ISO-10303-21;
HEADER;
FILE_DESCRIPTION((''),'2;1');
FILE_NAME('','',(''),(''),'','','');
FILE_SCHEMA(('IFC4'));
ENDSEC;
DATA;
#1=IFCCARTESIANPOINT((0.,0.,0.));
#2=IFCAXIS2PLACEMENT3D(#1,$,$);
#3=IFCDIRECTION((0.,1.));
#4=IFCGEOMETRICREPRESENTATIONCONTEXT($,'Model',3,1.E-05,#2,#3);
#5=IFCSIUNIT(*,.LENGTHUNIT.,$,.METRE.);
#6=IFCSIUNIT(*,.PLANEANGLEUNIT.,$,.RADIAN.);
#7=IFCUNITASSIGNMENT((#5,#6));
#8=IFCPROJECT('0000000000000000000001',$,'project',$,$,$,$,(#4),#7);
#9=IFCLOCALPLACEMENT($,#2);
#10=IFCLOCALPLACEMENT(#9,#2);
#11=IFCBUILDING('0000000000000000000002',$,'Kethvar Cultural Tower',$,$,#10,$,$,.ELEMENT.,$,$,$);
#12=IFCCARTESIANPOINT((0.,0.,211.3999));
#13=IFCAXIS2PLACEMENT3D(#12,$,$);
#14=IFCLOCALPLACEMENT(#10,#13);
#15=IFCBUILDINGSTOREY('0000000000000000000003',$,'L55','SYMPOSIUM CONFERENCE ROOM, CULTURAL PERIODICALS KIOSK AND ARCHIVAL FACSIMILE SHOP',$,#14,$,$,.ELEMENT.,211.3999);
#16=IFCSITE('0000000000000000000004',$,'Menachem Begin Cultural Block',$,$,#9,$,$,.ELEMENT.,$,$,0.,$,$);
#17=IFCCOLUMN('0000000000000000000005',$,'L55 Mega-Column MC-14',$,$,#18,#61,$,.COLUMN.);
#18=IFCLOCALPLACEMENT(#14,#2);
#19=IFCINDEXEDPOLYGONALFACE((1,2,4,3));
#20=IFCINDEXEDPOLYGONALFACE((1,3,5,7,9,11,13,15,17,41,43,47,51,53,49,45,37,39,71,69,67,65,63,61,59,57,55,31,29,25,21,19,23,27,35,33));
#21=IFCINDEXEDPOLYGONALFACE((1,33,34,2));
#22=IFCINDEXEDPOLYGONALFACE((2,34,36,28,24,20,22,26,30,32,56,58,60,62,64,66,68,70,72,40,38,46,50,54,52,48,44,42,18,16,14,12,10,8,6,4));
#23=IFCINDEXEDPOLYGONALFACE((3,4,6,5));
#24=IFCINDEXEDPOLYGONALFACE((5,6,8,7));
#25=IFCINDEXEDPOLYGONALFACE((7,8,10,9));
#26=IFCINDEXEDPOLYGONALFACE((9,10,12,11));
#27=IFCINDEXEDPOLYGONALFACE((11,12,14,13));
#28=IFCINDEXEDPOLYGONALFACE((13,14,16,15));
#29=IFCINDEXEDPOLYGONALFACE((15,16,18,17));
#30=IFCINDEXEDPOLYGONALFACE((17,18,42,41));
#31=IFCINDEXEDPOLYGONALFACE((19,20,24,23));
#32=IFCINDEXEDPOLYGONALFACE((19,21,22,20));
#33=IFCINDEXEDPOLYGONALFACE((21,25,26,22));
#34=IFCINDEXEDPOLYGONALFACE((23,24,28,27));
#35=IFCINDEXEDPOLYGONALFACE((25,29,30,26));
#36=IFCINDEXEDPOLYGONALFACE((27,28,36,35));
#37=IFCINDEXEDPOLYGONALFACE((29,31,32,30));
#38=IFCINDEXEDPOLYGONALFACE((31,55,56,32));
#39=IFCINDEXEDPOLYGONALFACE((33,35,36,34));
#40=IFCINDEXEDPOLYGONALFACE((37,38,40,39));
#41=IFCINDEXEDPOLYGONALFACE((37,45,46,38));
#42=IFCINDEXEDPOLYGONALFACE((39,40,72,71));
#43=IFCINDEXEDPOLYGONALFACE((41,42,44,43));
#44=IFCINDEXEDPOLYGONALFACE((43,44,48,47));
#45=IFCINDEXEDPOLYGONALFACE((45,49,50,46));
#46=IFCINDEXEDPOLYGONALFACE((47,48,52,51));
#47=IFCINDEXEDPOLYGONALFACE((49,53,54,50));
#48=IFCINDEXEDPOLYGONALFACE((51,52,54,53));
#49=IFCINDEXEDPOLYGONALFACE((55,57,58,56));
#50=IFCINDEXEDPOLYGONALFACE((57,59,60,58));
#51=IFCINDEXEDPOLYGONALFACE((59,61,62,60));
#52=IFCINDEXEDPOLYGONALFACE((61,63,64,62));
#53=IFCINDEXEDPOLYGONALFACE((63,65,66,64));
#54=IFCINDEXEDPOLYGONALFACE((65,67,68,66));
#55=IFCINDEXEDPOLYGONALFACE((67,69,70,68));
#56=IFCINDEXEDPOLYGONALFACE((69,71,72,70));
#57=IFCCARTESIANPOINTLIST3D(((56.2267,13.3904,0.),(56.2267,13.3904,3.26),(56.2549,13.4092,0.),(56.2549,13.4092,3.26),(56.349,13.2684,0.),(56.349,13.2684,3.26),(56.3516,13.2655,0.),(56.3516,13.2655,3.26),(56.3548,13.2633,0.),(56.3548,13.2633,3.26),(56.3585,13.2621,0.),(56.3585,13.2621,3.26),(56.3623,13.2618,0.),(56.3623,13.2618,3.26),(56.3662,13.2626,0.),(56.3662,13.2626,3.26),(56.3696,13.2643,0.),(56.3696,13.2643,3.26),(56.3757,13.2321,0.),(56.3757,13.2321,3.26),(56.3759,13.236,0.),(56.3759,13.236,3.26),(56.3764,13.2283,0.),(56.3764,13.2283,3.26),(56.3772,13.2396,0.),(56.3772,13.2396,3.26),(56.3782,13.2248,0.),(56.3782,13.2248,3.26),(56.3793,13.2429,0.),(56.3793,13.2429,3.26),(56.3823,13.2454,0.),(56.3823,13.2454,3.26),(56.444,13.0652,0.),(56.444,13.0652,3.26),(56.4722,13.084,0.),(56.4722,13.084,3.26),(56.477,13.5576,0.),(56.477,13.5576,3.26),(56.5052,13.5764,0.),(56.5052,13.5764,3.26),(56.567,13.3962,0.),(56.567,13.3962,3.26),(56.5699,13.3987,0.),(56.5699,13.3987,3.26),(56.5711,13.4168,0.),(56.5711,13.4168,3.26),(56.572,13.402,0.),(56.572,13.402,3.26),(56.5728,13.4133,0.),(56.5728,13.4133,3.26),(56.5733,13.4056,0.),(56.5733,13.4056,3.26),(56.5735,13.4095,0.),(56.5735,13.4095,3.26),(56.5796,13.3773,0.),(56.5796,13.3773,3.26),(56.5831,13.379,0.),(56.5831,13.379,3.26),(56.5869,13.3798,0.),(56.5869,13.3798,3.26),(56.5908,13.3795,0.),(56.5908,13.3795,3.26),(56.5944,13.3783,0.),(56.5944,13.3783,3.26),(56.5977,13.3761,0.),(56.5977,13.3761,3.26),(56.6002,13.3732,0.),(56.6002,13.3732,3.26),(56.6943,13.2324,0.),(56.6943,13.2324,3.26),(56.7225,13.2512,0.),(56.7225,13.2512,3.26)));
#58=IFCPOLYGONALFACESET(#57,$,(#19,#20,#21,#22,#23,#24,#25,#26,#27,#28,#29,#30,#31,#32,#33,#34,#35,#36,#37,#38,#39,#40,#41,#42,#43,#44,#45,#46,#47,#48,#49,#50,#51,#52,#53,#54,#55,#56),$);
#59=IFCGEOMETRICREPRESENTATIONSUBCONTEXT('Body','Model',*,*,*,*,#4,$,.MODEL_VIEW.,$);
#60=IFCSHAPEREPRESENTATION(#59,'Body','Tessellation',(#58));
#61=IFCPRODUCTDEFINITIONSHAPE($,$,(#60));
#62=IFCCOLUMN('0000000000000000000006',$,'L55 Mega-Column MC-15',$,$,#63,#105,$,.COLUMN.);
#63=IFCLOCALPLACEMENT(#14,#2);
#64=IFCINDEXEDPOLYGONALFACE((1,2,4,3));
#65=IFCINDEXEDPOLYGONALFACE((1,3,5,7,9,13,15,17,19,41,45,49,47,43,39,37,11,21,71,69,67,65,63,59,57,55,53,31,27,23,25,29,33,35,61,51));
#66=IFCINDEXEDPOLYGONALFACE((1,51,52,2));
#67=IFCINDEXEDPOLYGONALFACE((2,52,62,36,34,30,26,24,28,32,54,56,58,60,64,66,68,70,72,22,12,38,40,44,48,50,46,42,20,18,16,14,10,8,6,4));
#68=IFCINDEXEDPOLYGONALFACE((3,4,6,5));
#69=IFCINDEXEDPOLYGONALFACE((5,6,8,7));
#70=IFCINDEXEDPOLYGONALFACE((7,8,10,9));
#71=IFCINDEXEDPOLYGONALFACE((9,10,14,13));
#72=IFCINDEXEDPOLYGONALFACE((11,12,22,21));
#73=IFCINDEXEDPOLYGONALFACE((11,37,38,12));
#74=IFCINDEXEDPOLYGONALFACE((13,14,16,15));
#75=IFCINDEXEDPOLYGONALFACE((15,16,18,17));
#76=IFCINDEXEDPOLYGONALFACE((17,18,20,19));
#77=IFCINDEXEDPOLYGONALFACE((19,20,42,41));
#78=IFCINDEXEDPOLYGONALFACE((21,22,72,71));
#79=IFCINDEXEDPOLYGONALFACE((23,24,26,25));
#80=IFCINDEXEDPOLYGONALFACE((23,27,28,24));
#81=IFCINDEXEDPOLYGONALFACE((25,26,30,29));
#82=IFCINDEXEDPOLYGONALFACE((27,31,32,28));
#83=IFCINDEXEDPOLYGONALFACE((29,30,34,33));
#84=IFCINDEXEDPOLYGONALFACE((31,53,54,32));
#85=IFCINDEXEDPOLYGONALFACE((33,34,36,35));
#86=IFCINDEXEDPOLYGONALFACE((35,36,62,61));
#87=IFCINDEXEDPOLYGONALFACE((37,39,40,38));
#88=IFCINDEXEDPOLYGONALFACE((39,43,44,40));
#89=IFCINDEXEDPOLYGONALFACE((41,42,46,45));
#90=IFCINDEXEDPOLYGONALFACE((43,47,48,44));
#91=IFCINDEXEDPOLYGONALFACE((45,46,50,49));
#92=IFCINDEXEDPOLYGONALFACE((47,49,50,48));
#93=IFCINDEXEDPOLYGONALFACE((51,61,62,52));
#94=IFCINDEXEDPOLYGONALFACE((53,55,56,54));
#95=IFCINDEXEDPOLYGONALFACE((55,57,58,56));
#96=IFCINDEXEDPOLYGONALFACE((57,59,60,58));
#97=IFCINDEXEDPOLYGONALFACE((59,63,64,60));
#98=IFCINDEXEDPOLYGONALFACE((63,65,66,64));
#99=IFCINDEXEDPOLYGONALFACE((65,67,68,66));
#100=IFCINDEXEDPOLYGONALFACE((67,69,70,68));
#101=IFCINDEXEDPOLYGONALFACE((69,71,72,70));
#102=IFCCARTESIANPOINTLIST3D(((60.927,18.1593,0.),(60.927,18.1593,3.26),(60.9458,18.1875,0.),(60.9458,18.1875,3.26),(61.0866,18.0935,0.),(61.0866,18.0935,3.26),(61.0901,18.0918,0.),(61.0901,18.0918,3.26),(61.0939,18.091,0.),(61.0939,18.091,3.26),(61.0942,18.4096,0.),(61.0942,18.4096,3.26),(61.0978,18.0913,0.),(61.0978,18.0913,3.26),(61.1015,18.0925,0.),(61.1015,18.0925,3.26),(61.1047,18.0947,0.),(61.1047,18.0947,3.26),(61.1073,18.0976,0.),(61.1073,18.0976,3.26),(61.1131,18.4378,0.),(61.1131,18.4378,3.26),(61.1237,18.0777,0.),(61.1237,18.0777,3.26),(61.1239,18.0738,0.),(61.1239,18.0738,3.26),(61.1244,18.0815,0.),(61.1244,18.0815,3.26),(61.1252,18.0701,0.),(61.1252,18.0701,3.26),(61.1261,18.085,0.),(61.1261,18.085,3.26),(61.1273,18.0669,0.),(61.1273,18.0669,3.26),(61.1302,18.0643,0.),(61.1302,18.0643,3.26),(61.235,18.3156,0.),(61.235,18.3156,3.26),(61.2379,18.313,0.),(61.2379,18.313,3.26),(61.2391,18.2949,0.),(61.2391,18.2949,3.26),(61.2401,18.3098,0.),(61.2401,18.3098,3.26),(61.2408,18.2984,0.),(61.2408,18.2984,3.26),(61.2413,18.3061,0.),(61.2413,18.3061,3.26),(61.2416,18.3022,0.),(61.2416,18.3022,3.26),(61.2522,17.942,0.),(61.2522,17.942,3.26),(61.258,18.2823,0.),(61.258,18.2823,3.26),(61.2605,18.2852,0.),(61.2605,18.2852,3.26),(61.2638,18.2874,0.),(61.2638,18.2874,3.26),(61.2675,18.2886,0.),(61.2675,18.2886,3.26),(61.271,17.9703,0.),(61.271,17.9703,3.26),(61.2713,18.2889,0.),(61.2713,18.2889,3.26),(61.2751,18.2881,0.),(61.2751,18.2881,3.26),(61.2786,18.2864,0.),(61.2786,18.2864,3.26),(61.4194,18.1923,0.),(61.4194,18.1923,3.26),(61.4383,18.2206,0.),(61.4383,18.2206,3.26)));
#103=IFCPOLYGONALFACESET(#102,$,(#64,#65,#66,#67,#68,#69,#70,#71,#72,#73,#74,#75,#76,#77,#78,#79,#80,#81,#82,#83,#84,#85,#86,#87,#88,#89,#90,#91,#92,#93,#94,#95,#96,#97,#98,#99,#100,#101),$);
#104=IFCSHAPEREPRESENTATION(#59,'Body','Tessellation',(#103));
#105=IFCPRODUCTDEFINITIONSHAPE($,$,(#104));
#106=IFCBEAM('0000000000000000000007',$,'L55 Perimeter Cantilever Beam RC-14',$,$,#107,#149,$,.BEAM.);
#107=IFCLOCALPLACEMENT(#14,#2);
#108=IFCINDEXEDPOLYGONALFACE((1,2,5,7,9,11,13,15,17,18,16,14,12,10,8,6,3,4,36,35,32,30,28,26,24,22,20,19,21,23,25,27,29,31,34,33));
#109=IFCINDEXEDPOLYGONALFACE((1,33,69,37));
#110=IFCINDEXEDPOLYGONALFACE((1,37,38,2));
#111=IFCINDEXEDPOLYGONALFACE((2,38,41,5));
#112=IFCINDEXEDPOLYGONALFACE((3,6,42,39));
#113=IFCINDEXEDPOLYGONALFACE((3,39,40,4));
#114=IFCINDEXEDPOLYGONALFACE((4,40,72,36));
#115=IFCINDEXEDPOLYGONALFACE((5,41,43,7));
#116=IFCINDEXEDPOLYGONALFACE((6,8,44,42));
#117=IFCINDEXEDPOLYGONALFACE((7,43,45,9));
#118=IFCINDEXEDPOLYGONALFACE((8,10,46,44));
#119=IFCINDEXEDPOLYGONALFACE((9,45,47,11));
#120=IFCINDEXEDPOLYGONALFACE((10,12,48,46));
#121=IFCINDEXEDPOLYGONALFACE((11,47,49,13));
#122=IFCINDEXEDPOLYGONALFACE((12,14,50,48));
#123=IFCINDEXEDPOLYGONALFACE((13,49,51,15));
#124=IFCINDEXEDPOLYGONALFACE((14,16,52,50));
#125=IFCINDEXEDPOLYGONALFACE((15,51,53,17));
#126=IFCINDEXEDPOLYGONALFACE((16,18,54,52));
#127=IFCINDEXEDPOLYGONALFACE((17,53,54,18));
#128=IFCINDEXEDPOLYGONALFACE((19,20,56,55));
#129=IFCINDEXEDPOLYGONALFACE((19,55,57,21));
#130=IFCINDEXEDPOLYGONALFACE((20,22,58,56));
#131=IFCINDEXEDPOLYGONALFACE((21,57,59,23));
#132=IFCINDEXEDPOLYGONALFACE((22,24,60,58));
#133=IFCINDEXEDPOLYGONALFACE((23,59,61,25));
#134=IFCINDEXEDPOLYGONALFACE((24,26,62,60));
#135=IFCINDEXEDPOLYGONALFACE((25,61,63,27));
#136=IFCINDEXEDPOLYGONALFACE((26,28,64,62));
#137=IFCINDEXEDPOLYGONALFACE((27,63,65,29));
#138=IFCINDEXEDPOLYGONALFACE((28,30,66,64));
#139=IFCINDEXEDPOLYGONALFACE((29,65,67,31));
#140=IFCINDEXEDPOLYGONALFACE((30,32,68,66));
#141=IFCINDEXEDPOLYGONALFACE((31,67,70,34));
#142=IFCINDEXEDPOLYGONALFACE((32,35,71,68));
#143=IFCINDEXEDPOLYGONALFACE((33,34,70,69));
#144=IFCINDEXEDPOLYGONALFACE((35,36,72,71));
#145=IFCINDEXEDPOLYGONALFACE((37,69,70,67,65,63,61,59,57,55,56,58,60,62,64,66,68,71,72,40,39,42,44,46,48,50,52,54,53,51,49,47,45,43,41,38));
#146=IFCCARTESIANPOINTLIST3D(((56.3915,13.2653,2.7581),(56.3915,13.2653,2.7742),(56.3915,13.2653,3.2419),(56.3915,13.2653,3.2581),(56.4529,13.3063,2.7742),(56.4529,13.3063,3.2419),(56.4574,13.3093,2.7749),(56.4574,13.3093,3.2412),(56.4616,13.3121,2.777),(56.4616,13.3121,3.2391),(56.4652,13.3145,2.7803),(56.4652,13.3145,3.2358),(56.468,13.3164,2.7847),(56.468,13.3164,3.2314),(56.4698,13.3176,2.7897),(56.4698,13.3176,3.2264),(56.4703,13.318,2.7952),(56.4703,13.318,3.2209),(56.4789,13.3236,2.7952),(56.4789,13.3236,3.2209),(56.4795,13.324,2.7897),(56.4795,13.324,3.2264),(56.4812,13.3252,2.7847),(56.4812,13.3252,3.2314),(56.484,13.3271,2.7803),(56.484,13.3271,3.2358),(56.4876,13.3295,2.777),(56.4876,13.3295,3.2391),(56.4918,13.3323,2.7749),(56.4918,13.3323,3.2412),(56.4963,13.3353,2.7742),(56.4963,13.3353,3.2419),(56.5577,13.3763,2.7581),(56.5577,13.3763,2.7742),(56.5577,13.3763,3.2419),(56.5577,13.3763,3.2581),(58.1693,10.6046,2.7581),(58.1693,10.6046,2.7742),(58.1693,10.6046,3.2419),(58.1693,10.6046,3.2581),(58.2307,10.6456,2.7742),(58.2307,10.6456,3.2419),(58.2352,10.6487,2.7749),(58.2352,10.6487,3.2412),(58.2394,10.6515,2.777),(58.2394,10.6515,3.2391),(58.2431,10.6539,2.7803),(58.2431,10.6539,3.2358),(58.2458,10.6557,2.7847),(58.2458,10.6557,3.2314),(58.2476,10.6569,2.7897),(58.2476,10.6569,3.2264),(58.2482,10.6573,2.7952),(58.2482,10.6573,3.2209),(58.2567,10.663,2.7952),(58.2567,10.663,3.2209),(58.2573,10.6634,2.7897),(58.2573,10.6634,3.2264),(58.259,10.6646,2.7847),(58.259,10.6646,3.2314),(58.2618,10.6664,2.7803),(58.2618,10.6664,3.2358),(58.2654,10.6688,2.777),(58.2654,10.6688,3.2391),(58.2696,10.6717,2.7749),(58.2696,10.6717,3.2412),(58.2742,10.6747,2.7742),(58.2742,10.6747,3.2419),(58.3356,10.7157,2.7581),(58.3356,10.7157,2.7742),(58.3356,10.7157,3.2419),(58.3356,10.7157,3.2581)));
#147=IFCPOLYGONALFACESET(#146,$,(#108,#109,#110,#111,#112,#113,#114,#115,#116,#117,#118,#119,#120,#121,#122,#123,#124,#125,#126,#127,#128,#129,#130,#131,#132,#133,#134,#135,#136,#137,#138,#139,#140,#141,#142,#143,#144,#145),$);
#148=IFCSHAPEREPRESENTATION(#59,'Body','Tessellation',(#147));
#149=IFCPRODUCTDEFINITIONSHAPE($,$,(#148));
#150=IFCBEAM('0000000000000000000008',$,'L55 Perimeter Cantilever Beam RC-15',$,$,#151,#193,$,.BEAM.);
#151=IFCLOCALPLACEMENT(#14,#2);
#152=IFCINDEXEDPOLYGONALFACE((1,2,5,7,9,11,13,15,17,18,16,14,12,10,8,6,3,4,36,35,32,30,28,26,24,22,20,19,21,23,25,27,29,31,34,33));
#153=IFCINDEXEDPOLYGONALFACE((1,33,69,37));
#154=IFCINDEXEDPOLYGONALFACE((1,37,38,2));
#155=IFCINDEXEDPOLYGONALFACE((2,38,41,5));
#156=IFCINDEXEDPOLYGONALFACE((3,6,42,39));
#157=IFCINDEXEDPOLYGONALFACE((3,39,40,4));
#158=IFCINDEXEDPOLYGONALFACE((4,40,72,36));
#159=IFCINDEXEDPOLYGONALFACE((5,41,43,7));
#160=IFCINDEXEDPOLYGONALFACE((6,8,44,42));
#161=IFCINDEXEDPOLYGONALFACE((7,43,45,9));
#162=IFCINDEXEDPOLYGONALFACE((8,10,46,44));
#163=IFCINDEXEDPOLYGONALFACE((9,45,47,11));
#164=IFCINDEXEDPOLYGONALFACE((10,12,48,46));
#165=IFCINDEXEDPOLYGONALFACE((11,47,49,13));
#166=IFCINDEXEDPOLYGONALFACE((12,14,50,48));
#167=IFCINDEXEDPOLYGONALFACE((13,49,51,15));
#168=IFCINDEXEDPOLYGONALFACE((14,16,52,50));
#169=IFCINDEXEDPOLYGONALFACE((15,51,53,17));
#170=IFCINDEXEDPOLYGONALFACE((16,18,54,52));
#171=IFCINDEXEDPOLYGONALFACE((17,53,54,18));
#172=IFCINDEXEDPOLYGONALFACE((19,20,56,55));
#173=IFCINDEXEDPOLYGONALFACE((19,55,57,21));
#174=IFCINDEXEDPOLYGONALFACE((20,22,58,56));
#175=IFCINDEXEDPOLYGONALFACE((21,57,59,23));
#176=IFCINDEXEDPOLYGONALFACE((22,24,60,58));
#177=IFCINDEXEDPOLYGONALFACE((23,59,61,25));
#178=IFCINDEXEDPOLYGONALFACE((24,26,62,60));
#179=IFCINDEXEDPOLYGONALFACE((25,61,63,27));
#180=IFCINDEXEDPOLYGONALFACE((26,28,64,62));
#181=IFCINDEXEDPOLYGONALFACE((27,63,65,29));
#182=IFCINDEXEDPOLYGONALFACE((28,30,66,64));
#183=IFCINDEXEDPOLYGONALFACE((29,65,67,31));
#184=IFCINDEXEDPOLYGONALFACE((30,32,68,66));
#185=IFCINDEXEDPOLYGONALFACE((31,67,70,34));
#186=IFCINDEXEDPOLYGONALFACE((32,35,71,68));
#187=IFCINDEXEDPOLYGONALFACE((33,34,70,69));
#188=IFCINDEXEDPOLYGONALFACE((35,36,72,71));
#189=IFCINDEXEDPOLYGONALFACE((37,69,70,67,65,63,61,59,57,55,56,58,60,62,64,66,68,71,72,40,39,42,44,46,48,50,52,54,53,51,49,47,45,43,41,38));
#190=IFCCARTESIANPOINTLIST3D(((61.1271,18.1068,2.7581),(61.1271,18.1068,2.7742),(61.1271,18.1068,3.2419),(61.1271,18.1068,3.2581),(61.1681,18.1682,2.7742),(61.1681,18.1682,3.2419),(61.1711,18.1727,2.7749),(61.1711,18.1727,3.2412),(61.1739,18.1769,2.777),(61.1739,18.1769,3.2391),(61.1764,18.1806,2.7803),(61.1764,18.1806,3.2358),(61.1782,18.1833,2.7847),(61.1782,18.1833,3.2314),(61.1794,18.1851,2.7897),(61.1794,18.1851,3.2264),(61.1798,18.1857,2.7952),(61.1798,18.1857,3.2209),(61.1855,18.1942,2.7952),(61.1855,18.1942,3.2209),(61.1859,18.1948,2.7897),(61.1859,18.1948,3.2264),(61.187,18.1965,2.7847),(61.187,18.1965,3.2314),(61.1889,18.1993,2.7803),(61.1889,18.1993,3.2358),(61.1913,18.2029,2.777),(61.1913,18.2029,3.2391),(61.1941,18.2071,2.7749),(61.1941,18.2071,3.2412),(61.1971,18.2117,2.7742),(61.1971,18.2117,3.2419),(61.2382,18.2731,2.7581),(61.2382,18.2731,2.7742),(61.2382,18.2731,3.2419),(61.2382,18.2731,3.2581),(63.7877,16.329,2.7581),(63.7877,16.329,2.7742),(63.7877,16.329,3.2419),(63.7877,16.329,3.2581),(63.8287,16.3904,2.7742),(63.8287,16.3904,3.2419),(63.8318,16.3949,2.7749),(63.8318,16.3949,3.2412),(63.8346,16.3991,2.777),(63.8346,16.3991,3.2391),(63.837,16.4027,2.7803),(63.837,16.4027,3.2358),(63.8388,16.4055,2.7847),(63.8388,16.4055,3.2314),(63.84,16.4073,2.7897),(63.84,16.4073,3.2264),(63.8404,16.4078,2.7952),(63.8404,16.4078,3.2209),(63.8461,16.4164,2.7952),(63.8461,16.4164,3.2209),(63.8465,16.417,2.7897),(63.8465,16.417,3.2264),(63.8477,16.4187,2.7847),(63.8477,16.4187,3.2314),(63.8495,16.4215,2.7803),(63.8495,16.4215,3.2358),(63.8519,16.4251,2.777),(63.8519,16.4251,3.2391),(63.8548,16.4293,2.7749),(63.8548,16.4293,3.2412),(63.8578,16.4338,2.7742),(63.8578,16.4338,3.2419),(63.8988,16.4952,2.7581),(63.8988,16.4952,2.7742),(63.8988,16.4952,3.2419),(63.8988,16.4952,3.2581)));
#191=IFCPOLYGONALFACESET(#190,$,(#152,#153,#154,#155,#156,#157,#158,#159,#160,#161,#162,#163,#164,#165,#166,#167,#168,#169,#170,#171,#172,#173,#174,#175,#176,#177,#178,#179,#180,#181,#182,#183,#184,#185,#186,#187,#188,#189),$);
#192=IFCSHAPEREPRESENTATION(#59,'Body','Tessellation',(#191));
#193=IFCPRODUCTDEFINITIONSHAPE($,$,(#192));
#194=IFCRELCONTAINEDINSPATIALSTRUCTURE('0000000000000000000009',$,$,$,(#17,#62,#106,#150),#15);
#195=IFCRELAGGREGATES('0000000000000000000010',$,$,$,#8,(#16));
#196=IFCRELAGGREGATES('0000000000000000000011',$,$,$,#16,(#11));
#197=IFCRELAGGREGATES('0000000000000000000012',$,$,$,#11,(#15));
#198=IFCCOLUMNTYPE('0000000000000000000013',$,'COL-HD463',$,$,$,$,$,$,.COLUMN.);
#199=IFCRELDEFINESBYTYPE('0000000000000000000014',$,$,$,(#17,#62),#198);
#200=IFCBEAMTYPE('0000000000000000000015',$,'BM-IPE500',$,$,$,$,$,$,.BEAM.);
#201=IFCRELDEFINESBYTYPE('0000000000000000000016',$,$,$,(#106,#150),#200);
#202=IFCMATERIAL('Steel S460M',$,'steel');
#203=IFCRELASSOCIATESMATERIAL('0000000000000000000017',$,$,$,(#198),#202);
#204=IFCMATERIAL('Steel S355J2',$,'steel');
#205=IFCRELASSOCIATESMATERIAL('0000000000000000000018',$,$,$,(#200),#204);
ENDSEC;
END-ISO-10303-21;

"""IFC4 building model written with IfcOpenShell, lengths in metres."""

from ifc_helpers import new_model, si_unit, direction, frame, origin, origin_2d, place, context, subcontext, project, spatial, i_section, extrude, source, transform, mapped, material, material_profile, profile_set, type_object, element, save


model = new_model("IFC4")

# Units and contexts
model_context = context("Model", 3, precision=1e-05, world=origin(), true_north=direction((0.0, 1.0)))
body_context = subcontext(model_context, "Body", "Model", "MODEL_VIEW")
ifc_project = project(units=[si_unit("LENGTHUNIT", "METRE"), si_unit("PLANEANGLEUNIT", "RADIAN")], contexts=[model_context])

# Site, building, storey
site_placement = place(None, origin())
site = spatial("IfcSite", under=ifc_project, at=site_placement, Name="Menachem Begin Cultural Block", CompositionType="ELEMENT", RefElevation=0.0)
building_placement = place(site_placement, origin())
building = spatial("IfcBuilding", under=site, at=building_placement, Name="Kethvar Cultural Tower", CompositionType="ELEMENT")
storey_placement = place(building_placement, frame((0.0, 0.0, 211.3999)))
storey = spatial("IfcBuildingStorey", under=building, at=storey_placement, Name="L55", Description="SYMPOSIUM CONFERENCE ROOM, CULTURAL PERIODICALS KIOSK AND ARCHIVAL FACSIMILE SHOP", CompositionType="ELEMENT", Elevation=211.3999)

# Columns
ifc_material_1 = material(Name="Steel S460M", Category="steel")
ifc_material_profile_1 = material_profile(ifc_material_1, i_section(OverallWidth=0.3911, OverallDepth=0.335, WebThickness=0.0227, FlangeThickness=0.0339, FilletRadius=0.0149, at=origin_2d()), Name="Steel S460M — HD400x463")
ifc_profile_set_1 = profile_set([ifc_material_profile_1], Name="Steel S460M — HD400x463")
column_type = type_object("IfcColumnType", Name="COL-HD463", PredefinedType="COLUMN", material=ifc_profile_set_1)
shared_shape_1 = source(origin(), body_context, "Body", "SweptSolid", [
    extrude(i_section(OverallWidth=0.3911, OverallDepth=0.335, WebThickness=0.0227, FlangeThickness=0.0339, FilletRadius=0.0149, at=origin_2d()), origin(), (0.0, 0.0, 1.0), 3.26),
])
for number, where, z_axis, x_axis, name in (
    (1, (56.4746, 13.3208, 0.0), (0.0, 0.0, 1.0), (0.55557, -0.83147, 0.0), "L55 Mega-Column MC-14"),
    (2, (61.1826, 18.1899, 0.0), (0.0, 0.0, 1.0), (0.83147, -0.55557, 0.0), "L55 Mega-Column MC-15"),
):
    element("IfcColumn", number, at=place(storey_placement, frame(where, z_axis=z_axis, x_axis=x_axis)), inside=storey, type_object=column_type, Name=name, PredefinedType="COLUMN", context=body_context, shape_type="MappedRepresentation", body=[
        mapped(shared_shape_1, transform((0.0, 0.0, 0.0), scale=1.0)),
    ])

# Beams
ifc_material_2 = material(Name="Steel S355J2", Category="steel")
ifc_material_profile_2 = material_profile(ifc_material_2, i_section(OverallWidth=0.2, OverallDepth=0.5, WebThickness=0.0103, FlangeThickness=0.0161, FilletRadius=0.021, at=origin_2d()), Name="Steel S355J2 — IPE500")
ifc_profile_set_2 = profile_set([ifc_material_profile_2], Name="Steel S355J2 — IPE500")
beam_type_1 = type_object("IfcBeamType", Name="BM-IPE500", PredefinedType="BEAM", material=ifc_profile_set_2)
shared_shape_2 = source(origin(), body_context, "Body", "SweptSolid", [
    extrude(i_section(OverallWidth=0.2, OverallDepth=0.5, WebThickness=0.0103, FlangeThickness=0.0161, FilletRadius=0.021, at=origin_2d()), origin(), (0.0, 0.0, 1.0), 3.2),
])
for number, where, z_axis, x_axis, name in (
    (3, (56.4746, 13.3208, 3.0081), (0.55558, -0.831463, 0.0), (0.831463, 0.55558, 0.0), "L55 Perimeter Cantilever Beam RC-14"),
    (4, (61.1826, 18.1899, 3.0081), (0.831463, -0.55558, 0.0), (0.55558, 0.831463, 0.0), "L55 Perimeter Cantilever Beam RC-15"),
):
    element("IfcBeam", number, at=place(storey_placement, frame(where, z_axis=z_axis, x_axis=x_axis)), inside=storey, type_object=beam_type_1, Name=name, PredefinedType="BEAM", context=body_context, shape_type="MappedRepresentation", body=[
        mapped(shared_shape_2, transform((0.0, 0.0, 0.0), scale=1.0)),
    ])

save(model, "model.ifc")
